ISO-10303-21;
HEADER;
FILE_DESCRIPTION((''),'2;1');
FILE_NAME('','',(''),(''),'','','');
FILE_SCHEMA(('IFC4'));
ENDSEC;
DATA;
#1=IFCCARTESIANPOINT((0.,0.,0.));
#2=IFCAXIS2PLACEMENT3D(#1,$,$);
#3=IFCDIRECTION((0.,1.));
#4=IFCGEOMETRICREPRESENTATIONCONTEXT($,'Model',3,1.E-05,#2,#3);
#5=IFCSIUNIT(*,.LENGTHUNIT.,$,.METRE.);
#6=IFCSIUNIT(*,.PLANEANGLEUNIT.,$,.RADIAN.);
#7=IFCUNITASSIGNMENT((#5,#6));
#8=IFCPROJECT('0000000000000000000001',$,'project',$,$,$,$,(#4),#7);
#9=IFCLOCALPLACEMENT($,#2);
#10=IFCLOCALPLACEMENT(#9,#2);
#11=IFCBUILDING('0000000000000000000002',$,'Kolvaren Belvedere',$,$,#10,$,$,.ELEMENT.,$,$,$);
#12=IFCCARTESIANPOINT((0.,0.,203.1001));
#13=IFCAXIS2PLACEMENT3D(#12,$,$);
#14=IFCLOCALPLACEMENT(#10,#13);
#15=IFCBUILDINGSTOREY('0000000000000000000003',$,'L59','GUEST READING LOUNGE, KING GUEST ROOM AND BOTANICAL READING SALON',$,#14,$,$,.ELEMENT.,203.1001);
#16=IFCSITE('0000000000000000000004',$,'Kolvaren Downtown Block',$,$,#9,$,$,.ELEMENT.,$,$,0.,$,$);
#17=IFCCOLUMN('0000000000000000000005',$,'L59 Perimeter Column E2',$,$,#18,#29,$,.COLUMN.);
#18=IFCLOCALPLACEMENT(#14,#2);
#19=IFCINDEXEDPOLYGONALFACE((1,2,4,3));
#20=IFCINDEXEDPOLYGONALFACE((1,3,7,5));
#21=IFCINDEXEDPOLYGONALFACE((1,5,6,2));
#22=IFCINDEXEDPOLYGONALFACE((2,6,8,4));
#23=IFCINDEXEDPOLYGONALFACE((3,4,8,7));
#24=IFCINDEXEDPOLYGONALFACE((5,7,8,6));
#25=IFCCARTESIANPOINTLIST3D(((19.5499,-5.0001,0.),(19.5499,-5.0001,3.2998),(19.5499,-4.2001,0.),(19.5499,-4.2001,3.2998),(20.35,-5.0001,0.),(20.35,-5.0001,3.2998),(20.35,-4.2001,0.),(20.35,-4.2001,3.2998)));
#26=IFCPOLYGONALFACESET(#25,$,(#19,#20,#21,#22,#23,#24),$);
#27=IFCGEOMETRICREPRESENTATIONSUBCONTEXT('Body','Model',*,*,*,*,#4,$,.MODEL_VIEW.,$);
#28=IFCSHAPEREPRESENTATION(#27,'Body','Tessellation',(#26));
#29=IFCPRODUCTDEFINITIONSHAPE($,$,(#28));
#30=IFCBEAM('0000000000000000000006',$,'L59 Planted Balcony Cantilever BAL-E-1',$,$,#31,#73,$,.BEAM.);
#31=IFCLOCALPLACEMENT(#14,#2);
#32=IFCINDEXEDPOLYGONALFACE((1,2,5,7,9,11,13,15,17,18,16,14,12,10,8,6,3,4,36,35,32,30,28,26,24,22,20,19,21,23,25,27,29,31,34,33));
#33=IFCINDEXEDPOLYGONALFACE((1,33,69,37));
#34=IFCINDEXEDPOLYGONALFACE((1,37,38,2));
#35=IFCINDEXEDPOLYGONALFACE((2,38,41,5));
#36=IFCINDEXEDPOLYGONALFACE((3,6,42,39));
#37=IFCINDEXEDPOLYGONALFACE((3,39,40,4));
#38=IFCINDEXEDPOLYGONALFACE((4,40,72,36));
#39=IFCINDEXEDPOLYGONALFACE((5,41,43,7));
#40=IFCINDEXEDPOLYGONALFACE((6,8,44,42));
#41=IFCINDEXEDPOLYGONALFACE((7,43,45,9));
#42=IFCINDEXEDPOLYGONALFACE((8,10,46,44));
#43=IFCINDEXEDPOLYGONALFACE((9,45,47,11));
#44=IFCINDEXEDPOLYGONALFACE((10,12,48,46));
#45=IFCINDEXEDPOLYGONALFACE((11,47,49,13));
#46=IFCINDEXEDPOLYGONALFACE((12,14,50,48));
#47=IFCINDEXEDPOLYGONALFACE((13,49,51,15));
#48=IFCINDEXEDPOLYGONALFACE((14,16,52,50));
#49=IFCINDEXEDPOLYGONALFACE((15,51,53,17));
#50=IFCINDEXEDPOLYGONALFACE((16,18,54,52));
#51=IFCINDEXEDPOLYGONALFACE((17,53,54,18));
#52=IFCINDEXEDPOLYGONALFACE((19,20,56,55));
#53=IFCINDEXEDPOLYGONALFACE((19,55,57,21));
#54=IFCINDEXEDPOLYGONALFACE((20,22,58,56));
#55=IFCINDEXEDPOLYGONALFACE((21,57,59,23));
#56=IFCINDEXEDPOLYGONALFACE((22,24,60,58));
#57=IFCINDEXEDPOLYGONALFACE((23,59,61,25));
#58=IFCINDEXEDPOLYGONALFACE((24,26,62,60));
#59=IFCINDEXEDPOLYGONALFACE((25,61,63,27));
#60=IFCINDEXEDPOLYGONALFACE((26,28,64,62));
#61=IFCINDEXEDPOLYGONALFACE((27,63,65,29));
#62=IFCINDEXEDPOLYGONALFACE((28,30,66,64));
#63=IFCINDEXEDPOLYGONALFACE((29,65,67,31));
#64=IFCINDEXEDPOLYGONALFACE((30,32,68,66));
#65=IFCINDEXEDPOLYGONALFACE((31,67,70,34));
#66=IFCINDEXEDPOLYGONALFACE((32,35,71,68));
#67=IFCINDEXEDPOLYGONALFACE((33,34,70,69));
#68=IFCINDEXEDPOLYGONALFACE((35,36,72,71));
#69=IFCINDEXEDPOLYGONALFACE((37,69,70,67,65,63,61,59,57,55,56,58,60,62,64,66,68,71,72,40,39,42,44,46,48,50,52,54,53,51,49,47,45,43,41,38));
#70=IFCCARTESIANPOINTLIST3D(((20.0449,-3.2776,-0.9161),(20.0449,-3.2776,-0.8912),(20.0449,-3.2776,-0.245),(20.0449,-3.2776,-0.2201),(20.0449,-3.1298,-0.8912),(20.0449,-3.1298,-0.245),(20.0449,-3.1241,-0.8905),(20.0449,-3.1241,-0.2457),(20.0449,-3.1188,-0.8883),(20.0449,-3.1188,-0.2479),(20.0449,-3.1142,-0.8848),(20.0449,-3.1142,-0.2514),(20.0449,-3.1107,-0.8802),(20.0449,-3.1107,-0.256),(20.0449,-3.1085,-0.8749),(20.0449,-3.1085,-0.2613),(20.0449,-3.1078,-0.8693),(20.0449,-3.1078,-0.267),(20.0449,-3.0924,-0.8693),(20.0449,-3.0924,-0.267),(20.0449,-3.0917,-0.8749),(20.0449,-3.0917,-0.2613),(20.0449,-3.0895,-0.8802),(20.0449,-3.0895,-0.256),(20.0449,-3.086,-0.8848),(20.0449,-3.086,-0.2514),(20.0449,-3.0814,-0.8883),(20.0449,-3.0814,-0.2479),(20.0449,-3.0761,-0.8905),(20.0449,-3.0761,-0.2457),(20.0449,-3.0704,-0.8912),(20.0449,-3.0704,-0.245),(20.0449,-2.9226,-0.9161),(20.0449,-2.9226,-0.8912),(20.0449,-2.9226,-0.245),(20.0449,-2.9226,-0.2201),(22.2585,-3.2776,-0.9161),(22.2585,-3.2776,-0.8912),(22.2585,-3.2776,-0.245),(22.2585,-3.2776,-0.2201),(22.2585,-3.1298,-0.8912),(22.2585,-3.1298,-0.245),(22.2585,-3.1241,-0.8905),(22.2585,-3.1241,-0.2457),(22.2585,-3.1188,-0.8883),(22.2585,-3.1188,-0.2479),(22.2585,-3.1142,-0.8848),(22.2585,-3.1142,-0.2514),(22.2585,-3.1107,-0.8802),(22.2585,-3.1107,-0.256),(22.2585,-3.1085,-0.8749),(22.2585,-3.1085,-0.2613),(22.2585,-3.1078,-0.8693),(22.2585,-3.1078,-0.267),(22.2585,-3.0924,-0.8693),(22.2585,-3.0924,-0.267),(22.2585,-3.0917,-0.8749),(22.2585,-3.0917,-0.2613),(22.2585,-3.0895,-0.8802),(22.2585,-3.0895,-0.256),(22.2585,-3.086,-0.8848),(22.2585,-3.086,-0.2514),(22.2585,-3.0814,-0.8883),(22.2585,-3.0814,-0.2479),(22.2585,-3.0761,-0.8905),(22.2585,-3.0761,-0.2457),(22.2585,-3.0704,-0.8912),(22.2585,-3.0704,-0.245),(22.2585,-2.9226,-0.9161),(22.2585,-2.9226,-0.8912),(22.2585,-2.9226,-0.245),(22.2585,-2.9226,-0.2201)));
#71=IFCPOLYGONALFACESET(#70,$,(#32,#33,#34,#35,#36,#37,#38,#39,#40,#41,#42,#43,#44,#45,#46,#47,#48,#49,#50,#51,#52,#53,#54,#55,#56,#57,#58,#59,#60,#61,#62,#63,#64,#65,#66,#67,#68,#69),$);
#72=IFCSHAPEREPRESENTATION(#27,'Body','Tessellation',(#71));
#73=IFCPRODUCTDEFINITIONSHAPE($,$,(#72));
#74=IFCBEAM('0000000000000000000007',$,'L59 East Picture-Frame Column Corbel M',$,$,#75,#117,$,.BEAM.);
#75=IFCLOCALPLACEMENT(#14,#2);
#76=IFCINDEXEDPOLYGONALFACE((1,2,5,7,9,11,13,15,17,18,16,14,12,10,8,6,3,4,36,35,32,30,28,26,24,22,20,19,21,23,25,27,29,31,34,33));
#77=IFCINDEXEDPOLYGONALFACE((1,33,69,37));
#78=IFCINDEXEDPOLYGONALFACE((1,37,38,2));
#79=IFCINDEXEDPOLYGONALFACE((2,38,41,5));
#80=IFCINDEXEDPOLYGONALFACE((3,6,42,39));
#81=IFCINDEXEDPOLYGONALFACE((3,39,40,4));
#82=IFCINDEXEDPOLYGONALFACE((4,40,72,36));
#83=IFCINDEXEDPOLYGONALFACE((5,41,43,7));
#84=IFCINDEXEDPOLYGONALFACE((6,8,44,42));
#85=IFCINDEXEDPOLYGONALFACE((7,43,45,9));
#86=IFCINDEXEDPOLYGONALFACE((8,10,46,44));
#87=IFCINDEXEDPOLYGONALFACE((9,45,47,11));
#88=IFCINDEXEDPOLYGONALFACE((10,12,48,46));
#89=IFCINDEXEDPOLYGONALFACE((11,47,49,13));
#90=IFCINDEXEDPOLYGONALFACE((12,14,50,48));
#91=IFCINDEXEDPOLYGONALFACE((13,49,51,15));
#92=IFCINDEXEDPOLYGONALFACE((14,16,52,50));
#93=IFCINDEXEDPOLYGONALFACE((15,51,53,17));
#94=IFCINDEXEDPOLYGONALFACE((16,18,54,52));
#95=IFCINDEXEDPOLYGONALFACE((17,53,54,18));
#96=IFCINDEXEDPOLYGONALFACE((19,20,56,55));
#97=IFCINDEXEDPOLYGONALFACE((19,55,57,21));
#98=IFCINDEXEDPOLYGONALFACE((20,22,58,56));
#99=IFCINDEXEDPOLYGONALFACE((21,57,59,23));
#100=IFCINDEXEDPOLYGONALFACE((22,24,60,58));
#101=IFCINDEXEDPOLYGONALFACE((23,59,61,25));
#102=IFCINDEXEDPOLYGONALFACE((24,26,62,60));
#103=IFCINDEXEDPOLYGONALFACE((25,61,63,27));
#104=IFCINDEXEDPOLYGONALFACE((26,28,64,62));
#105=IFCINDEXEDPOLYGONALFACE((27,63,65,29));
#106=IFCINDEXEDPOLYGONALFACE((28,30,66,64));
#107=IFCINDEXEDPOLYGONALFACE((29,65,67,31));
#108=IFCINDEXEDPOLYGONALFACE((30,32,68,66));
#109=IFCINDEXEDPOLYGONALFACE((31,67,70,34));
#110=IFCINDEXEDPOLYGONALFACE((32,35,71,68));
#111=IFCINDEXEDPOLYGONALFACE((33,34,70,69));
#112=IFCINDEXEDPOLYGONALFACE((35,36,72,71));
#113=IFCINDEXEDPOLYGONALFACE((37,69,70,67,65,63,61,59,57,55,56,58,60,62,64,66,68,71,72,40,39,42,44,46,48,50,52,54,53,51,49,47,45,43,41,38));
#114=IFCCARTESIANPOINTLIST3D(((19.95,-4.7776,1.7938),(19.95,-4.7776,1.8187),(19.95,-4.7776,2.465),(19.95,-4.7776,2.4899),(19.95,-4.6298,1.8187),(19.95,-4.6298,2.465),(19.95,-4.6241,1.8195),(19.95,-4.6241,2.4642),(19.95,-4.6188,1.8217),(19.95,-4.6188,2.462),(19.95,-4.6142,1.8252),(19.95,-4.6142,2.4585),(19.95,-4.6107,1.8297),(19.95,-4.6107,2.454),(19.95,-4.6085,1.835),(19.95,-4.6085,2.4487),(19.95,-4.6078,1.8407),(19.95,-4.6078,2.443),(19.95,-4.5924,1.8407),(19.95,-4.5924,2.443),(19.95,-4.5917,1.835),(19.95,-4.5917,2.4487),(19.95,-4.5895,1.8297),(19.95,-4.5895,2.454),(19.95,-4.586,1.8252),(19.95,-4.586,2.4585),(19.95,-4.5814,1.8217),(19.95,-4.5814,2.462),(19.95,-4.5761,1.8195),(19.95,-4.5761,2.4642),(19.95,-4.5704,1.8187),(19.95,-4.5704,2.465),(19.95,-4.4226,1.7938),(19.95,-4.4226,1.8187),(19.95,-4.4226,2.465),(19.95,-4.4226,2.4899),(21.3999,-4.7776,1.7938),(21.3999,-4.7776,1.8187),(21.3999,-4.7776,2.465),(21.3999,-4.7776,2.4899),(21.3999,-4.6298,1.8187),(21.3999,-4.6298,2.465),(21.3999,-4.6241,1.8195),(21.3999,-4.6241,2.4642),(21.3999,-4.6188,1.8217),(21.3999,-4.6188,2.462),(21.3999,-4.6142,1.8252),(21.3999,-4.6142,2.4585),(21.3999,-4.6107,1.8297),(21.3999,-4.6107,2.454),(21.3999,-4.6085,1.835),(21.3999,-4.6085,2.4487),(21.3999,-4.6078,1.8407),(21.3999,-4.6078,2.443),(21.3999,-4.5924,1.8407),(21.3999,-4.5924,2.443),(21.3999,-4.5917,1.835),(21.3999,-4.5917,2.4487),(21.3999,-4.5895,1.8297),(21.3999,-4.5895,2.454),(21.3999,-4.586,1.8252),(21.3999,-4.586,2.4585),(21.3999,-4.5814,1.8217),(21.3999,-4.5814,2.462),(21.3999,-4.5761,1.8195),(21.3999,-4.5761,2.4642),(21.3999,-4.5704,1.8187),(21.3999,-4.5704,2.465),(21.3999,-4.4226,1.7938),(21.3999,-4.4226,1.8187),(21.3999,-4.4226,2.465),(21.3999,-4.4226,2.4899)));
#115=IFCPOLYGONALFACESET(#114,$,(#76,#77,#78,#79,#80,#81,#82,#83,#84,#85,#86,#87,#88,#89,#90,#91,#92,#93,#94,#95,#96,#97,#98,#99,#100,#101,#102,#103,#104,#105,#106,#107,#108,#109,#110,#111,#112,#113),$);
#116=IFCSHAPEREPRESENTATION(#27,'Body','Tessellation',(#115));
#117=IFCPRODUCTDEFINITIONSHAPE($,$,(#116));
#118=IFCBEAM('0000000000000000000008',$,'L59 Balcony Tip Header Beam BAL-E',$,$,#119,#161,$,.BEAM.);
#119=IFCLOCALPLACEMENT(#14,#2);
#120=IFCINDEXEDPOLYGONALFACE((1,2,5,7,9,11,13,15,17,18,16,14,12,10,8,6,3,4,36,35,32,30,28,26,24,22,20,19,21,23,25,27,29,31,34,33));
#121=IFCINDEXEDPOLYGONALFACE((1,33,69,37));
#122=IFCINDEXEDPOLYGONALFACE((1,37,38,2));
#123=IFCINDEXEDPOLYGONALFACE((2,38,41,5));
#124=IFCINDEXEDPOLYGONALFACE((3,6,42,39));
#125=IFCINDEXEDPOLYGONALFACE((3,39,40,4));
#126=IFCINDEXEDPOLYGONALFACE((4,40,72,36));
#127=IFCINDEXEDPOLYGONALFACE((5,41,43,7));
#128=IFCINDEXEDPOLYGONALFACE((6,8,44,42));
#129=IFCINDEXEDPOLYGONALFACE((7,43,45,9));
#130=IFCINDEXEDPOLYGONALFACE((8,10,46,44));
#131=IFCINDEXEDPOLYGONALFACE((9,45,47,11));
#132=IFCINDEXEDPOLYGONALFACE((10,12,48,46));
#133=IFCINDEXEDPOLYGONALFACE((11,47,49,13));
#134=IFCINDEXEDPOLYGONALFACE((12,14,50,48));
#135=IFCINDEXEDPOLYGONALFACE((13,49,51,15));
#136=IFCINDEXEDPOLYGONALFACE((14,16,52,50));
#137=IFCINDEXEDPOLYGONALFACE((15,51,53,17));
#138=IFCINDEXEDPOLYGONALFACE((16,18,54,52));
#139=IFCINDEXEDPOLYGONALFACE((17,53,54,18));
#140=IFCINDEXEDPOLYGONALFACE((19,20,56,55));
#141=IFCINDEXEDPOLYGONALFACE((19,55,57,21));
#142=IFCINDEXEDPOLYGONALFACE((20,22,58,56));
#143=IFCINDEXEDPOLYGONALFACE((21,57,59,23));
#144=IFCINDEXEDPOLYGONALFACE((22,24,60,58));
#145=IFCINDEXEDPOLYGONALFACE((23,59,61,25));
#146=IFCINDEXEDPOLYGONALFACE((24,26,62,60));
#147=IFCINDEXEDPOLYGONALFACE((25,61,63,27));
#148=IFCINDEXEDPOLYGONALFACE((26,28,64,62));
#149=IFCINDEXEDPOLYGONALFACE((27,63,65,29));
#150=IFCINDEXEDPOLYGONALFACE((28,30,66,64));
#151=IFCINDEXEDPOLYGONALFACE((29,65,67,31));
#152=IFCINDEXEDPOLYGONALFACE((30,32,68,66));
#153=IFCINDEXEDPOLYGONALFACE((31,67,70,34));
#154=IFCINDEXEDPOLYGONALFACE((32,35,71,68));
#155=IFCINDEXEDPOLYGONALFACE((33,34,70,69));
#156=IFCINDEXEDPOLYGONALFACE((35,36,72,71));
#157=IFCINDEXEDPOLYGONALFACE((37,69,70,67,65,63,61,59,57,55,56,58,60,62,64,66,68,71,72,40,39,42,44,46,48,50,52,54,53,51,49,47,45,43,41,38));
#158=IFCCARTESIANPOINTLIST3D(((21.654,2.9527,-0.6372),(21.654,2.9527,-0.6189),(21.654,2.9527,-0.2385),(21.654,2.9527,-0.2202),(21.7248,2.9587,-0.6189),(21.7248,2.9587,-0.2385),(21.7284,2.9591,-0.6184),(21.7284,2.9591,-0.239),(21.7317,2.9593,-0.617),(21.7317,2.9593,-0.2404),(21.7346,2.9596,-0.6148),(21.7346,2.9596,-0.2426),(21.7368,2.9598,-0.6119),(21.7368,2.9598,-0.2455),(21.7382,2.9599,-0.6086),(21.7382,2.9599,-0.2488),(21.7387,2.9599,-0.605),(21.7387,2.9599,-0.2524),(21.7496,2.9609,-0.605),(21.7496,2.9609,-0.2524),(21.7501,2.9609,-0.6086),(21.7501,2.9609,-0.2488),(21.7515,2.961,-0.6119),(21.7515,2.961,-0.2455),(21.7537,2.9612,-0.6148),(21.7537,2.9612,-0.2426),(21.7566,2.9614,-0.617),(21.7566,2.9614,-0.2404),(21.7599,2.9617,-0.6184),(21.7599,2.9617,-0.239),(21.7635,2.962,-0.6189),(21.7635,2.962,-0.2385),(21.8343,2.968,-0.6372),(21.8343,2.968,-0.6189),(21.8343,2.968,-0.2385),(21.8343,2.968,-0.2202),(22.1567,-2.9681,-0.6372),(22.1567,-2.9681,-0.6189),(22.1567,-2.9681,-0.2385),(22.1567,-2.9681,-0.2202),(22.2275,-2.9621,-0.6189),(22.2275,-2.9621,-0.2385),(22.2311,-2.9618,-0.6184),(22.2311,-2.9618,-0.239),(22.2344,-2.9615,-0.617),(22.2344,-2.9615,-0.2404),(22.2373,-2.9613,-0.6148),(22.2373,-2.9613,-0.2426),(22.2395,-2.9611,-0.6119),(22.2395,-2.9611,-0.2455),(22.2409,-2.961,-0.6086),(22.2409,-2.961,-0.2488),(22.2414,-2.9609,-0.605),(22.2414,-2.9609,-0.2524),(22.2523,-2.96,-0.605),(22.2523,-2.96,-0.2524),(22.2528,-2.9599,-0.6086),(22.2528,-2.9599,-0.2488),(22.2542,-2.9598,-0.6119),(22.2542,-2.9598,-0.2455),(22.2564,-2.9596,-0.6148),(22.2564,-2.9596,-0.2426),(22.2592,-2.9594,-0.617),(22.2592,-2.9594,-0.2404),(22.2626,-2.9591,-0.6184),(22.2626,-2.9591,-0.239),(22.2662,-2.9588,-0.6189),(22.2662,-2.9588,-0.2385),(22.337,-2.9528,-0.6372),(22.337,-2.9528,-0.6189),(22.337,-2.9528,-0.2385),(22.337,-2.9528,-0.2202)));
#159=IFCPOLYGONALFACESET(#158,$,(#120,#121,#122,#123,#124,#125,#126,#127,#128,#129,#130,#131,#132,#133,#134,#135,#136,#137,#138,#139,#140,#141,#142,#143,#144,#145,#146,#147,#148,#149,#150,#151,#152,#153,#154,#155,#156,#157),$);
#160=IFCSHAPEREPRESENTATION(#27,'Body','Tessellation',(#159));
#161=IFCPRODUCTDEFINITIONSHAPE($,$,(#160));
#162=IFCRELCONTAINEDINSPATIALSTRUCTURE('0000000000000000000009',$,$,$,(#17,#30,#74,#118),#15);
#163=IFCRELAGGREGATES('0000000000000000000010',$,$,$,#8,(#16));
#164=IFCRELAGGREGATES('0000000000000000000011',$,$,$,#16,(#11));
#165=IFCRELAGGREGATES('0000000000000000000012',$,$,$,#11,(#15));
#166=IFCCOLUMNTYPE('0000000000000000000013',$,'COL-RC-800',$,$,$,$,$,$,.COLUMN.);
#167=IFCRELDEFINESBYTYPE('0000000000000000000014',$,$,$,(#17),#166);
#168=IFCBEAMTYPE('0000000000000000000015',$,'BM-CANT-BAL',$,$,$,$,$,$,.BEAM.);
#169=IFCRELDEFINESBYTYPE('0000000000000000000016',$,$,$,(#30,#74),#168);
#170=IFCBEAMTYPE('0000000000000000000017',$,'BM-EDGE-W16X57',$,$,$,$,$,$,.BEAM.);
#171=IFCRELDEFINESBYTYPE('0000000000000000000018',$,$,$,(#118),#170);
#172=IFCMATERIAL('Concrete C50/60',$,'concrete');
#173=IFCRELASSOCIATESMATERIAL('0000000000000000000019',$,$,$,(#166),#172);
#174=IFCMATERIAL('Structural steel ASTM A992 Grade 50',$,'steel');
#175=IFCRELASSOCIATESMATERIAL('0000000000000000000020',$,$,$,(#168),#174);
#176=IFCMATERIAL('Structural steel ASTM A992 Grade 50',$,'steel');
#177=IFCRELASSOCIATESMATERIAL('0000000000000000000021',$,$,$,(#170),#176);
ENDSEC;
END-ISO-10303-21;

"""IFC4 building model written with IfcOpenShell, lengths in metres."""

from ifc_helpers import new_model, si_unit, direction, frame, origin, origin_2d, place, context, subcontext, project, spatial, rectangle, i_section, extrude, material, material_profile, profile_set, type_object, element, save


model = new_model("IFC4")

# Units and contexts
model_context = context("Model", 3, precision=1e-05, world=origin(), true_north=direction((0.0, 1.0)))
body_context = subcontext(model_context, "Body", "Model", "MODEL_VIEW")
ifc_project = project(units=[si_unit("LENGTHUNIT", "METRE"), si_unit("PLANEANGLEUNIT", "RADIAN")], contexts=[model_context])

# Site, building, storey
site_placement = place(None, origin())
site = spatial("IfcSite", under=ifc_project, at=site_placement, Name="Kolvaren Downtown Block", CompositionType="ELEMENT", RefElevation=0.0)
building_placement = place(site_placement, origin())
building = spatial("IfcBuilding", under=site, at=building_placement, Name="Kolvaren Belvedere", CompositionType="ELEMENT")
storey_placement = place(building_placement, frame((0.0, 0.0, 203.1001)))
storey = spatial("IfcBuildingStorey", under=building, at=storey_placement, Name="L59", Description="GUEST READING LOUNGE, KING GUEST ROOM AND BOTANICAL READING SALON", CompositionType="ELEMENT", Elevation=203.1001)

# Column
ifc_material_1 = material(Name="Concrete C50/60", Category="concrete")
ifc_material_profile_1 = material_profile(ifc_material_1, rectangle(XDim=0.8, YDim=0.8, at=origin_2d()), Name="RC 800X800")
ifc_profile_set_1 = profile_set([ifc_material_profile_1], Name="Concrete C50/60")
column_type = type_object("IfcColumnType", Name="COL-RC-800", PredefinedType="COLUMN", material=ifc_profile_set_1)
column_placement = place(storey_placement, frame((19.95, -4.6001, 0.0), z_axis=(0.0, 0.0, 1.0), x_axis=(1.0, 0.0, 0.0)))
element("IfcColumn", 1, at=column_placement, inside=storey, type_object=column_type, Name="L59 Perimeter Column E2", PredefinedType="COLUMN", context=body_context, shape_type="SweptSolid", body=[
    extrude(rectangle(XDim=0.8, YDim=0.8, at=origin_2d()), origin(), (0.0, 0.0, 1.0), 3.2998),
])

# Beams
ifc_material_2 = material(Name="Structural steel ASTM A992 Grade 50", Category="steel")
ifc_material_profile_2 = material_profile(ifc_material_2, i_section(OverallWidth=0.355, OverallDepth=0.696, WebThickness=0.0154, FlangeThickness=0.0249, FilletRadius=0.022, at=origin_2d()), Name="W27X146")
ifc_profile_set_2 = profile_set([ifc_material_profile_2], Name="Structural steel ASTM A992 Grade 50")
beam_type_1 = type_object("IfcBeamType", Name="BM-CANT-BAL", PredefinedType="BEAM", material=ifc_profile_set_2)
beam_1_placement = place(storey_placement, frame((20.0449, -3.1001, -0.5681), z_axis=(1.0, 0.0, 0.0), x_axis=(0.0, 1.0, 0.0)))
element("IfcBeam", 2, at=beam_1_placement, inside=storey, type_object=beam_type_1, Name="L59 Planted Balcony Cantilever BAL-E-1", PredefinedType="BEAM", context=body_context, shape_type="SweptSolid", body=[
    extrude(i_section(OverallWidth=0.355, OverallDepth=0.696, WebThickness=0.0154, FlangeThickness=0.0249, FilletRadius=0.022, at=origin_2d()), origin(), (0.0, 0.0, 1.0), 2.2136),
])
beam_2_placement = place(storey_placement, frame((19.95, -4.6001, 2.1418), z_axis=(1.0, 0.0, 0.0), x_axis=(0.0, 1.0, 0.0)))
element("IfcBeam", 3, at=beam_2_placement, inside=storey, type_object=beam_type_1, Name="L59 East Picture-Frame Column Corbel M", PredefinedType="BEAM", context=body_context, shape_type="SweptSolid", body=[
    extrude(i_section(OverallWidth=0.355, OverallDepth=0.696, WebThickness=0.0154, FlangeThickness=0.0249, FilletRadius=0.022, at=origin_2d()), origin(), (0.0, 0.0, 1.0), 1.45),
])
ifc_material_3 = material(Name="Structural steel ASTM A992 Grade 50", Category="steel")
ifc_material_profile_3 = material_profile(ifc_material_3, i_section(OverallWidth=0.1809, OverallDepth=0.417, WebThickness=0.011, FlangeThickness=0.0183, FilletRadius=0.0139, at=origin_2d()), Name="W16X57")
ifc_profile_set_3 = profile_set([ifc_material_profile_3], Name="Structural steel ASTM A992 Grade 50")
beam_type_2 = type_object("IfcBeamType", Name="BM-EDGE-W16X57", PredefinedType="BEAM", material=ifc_profile_set_3)
beam_3_placement = place(storey_placement, frame((22.2468, -2.9604, -0.4287), z_axis=(-0.084596, 0.996415, 0.0), x_axis=(-0.996415, -0.084596, 0.0)))
element("IfcBeam", 4, at=beam_3_placement, inside=storey, type_object=beam_type_2, Name="L59 Balcony Tip Header Beam BAL-E", PredefinedType="BEAM", context=body_context, shape_type="SweptSolid", body=[
    extrude(i_section(OverallWidth=0.1809, OverallDepth=0.417, WebThickness=0.011, FlangeThickness=0.0183, FilletRadius=0.0139, at=origin_2d()), origin(), (0.0, 0.0, 1.0), 5.9421),
])

save(model, "model.ifc")
